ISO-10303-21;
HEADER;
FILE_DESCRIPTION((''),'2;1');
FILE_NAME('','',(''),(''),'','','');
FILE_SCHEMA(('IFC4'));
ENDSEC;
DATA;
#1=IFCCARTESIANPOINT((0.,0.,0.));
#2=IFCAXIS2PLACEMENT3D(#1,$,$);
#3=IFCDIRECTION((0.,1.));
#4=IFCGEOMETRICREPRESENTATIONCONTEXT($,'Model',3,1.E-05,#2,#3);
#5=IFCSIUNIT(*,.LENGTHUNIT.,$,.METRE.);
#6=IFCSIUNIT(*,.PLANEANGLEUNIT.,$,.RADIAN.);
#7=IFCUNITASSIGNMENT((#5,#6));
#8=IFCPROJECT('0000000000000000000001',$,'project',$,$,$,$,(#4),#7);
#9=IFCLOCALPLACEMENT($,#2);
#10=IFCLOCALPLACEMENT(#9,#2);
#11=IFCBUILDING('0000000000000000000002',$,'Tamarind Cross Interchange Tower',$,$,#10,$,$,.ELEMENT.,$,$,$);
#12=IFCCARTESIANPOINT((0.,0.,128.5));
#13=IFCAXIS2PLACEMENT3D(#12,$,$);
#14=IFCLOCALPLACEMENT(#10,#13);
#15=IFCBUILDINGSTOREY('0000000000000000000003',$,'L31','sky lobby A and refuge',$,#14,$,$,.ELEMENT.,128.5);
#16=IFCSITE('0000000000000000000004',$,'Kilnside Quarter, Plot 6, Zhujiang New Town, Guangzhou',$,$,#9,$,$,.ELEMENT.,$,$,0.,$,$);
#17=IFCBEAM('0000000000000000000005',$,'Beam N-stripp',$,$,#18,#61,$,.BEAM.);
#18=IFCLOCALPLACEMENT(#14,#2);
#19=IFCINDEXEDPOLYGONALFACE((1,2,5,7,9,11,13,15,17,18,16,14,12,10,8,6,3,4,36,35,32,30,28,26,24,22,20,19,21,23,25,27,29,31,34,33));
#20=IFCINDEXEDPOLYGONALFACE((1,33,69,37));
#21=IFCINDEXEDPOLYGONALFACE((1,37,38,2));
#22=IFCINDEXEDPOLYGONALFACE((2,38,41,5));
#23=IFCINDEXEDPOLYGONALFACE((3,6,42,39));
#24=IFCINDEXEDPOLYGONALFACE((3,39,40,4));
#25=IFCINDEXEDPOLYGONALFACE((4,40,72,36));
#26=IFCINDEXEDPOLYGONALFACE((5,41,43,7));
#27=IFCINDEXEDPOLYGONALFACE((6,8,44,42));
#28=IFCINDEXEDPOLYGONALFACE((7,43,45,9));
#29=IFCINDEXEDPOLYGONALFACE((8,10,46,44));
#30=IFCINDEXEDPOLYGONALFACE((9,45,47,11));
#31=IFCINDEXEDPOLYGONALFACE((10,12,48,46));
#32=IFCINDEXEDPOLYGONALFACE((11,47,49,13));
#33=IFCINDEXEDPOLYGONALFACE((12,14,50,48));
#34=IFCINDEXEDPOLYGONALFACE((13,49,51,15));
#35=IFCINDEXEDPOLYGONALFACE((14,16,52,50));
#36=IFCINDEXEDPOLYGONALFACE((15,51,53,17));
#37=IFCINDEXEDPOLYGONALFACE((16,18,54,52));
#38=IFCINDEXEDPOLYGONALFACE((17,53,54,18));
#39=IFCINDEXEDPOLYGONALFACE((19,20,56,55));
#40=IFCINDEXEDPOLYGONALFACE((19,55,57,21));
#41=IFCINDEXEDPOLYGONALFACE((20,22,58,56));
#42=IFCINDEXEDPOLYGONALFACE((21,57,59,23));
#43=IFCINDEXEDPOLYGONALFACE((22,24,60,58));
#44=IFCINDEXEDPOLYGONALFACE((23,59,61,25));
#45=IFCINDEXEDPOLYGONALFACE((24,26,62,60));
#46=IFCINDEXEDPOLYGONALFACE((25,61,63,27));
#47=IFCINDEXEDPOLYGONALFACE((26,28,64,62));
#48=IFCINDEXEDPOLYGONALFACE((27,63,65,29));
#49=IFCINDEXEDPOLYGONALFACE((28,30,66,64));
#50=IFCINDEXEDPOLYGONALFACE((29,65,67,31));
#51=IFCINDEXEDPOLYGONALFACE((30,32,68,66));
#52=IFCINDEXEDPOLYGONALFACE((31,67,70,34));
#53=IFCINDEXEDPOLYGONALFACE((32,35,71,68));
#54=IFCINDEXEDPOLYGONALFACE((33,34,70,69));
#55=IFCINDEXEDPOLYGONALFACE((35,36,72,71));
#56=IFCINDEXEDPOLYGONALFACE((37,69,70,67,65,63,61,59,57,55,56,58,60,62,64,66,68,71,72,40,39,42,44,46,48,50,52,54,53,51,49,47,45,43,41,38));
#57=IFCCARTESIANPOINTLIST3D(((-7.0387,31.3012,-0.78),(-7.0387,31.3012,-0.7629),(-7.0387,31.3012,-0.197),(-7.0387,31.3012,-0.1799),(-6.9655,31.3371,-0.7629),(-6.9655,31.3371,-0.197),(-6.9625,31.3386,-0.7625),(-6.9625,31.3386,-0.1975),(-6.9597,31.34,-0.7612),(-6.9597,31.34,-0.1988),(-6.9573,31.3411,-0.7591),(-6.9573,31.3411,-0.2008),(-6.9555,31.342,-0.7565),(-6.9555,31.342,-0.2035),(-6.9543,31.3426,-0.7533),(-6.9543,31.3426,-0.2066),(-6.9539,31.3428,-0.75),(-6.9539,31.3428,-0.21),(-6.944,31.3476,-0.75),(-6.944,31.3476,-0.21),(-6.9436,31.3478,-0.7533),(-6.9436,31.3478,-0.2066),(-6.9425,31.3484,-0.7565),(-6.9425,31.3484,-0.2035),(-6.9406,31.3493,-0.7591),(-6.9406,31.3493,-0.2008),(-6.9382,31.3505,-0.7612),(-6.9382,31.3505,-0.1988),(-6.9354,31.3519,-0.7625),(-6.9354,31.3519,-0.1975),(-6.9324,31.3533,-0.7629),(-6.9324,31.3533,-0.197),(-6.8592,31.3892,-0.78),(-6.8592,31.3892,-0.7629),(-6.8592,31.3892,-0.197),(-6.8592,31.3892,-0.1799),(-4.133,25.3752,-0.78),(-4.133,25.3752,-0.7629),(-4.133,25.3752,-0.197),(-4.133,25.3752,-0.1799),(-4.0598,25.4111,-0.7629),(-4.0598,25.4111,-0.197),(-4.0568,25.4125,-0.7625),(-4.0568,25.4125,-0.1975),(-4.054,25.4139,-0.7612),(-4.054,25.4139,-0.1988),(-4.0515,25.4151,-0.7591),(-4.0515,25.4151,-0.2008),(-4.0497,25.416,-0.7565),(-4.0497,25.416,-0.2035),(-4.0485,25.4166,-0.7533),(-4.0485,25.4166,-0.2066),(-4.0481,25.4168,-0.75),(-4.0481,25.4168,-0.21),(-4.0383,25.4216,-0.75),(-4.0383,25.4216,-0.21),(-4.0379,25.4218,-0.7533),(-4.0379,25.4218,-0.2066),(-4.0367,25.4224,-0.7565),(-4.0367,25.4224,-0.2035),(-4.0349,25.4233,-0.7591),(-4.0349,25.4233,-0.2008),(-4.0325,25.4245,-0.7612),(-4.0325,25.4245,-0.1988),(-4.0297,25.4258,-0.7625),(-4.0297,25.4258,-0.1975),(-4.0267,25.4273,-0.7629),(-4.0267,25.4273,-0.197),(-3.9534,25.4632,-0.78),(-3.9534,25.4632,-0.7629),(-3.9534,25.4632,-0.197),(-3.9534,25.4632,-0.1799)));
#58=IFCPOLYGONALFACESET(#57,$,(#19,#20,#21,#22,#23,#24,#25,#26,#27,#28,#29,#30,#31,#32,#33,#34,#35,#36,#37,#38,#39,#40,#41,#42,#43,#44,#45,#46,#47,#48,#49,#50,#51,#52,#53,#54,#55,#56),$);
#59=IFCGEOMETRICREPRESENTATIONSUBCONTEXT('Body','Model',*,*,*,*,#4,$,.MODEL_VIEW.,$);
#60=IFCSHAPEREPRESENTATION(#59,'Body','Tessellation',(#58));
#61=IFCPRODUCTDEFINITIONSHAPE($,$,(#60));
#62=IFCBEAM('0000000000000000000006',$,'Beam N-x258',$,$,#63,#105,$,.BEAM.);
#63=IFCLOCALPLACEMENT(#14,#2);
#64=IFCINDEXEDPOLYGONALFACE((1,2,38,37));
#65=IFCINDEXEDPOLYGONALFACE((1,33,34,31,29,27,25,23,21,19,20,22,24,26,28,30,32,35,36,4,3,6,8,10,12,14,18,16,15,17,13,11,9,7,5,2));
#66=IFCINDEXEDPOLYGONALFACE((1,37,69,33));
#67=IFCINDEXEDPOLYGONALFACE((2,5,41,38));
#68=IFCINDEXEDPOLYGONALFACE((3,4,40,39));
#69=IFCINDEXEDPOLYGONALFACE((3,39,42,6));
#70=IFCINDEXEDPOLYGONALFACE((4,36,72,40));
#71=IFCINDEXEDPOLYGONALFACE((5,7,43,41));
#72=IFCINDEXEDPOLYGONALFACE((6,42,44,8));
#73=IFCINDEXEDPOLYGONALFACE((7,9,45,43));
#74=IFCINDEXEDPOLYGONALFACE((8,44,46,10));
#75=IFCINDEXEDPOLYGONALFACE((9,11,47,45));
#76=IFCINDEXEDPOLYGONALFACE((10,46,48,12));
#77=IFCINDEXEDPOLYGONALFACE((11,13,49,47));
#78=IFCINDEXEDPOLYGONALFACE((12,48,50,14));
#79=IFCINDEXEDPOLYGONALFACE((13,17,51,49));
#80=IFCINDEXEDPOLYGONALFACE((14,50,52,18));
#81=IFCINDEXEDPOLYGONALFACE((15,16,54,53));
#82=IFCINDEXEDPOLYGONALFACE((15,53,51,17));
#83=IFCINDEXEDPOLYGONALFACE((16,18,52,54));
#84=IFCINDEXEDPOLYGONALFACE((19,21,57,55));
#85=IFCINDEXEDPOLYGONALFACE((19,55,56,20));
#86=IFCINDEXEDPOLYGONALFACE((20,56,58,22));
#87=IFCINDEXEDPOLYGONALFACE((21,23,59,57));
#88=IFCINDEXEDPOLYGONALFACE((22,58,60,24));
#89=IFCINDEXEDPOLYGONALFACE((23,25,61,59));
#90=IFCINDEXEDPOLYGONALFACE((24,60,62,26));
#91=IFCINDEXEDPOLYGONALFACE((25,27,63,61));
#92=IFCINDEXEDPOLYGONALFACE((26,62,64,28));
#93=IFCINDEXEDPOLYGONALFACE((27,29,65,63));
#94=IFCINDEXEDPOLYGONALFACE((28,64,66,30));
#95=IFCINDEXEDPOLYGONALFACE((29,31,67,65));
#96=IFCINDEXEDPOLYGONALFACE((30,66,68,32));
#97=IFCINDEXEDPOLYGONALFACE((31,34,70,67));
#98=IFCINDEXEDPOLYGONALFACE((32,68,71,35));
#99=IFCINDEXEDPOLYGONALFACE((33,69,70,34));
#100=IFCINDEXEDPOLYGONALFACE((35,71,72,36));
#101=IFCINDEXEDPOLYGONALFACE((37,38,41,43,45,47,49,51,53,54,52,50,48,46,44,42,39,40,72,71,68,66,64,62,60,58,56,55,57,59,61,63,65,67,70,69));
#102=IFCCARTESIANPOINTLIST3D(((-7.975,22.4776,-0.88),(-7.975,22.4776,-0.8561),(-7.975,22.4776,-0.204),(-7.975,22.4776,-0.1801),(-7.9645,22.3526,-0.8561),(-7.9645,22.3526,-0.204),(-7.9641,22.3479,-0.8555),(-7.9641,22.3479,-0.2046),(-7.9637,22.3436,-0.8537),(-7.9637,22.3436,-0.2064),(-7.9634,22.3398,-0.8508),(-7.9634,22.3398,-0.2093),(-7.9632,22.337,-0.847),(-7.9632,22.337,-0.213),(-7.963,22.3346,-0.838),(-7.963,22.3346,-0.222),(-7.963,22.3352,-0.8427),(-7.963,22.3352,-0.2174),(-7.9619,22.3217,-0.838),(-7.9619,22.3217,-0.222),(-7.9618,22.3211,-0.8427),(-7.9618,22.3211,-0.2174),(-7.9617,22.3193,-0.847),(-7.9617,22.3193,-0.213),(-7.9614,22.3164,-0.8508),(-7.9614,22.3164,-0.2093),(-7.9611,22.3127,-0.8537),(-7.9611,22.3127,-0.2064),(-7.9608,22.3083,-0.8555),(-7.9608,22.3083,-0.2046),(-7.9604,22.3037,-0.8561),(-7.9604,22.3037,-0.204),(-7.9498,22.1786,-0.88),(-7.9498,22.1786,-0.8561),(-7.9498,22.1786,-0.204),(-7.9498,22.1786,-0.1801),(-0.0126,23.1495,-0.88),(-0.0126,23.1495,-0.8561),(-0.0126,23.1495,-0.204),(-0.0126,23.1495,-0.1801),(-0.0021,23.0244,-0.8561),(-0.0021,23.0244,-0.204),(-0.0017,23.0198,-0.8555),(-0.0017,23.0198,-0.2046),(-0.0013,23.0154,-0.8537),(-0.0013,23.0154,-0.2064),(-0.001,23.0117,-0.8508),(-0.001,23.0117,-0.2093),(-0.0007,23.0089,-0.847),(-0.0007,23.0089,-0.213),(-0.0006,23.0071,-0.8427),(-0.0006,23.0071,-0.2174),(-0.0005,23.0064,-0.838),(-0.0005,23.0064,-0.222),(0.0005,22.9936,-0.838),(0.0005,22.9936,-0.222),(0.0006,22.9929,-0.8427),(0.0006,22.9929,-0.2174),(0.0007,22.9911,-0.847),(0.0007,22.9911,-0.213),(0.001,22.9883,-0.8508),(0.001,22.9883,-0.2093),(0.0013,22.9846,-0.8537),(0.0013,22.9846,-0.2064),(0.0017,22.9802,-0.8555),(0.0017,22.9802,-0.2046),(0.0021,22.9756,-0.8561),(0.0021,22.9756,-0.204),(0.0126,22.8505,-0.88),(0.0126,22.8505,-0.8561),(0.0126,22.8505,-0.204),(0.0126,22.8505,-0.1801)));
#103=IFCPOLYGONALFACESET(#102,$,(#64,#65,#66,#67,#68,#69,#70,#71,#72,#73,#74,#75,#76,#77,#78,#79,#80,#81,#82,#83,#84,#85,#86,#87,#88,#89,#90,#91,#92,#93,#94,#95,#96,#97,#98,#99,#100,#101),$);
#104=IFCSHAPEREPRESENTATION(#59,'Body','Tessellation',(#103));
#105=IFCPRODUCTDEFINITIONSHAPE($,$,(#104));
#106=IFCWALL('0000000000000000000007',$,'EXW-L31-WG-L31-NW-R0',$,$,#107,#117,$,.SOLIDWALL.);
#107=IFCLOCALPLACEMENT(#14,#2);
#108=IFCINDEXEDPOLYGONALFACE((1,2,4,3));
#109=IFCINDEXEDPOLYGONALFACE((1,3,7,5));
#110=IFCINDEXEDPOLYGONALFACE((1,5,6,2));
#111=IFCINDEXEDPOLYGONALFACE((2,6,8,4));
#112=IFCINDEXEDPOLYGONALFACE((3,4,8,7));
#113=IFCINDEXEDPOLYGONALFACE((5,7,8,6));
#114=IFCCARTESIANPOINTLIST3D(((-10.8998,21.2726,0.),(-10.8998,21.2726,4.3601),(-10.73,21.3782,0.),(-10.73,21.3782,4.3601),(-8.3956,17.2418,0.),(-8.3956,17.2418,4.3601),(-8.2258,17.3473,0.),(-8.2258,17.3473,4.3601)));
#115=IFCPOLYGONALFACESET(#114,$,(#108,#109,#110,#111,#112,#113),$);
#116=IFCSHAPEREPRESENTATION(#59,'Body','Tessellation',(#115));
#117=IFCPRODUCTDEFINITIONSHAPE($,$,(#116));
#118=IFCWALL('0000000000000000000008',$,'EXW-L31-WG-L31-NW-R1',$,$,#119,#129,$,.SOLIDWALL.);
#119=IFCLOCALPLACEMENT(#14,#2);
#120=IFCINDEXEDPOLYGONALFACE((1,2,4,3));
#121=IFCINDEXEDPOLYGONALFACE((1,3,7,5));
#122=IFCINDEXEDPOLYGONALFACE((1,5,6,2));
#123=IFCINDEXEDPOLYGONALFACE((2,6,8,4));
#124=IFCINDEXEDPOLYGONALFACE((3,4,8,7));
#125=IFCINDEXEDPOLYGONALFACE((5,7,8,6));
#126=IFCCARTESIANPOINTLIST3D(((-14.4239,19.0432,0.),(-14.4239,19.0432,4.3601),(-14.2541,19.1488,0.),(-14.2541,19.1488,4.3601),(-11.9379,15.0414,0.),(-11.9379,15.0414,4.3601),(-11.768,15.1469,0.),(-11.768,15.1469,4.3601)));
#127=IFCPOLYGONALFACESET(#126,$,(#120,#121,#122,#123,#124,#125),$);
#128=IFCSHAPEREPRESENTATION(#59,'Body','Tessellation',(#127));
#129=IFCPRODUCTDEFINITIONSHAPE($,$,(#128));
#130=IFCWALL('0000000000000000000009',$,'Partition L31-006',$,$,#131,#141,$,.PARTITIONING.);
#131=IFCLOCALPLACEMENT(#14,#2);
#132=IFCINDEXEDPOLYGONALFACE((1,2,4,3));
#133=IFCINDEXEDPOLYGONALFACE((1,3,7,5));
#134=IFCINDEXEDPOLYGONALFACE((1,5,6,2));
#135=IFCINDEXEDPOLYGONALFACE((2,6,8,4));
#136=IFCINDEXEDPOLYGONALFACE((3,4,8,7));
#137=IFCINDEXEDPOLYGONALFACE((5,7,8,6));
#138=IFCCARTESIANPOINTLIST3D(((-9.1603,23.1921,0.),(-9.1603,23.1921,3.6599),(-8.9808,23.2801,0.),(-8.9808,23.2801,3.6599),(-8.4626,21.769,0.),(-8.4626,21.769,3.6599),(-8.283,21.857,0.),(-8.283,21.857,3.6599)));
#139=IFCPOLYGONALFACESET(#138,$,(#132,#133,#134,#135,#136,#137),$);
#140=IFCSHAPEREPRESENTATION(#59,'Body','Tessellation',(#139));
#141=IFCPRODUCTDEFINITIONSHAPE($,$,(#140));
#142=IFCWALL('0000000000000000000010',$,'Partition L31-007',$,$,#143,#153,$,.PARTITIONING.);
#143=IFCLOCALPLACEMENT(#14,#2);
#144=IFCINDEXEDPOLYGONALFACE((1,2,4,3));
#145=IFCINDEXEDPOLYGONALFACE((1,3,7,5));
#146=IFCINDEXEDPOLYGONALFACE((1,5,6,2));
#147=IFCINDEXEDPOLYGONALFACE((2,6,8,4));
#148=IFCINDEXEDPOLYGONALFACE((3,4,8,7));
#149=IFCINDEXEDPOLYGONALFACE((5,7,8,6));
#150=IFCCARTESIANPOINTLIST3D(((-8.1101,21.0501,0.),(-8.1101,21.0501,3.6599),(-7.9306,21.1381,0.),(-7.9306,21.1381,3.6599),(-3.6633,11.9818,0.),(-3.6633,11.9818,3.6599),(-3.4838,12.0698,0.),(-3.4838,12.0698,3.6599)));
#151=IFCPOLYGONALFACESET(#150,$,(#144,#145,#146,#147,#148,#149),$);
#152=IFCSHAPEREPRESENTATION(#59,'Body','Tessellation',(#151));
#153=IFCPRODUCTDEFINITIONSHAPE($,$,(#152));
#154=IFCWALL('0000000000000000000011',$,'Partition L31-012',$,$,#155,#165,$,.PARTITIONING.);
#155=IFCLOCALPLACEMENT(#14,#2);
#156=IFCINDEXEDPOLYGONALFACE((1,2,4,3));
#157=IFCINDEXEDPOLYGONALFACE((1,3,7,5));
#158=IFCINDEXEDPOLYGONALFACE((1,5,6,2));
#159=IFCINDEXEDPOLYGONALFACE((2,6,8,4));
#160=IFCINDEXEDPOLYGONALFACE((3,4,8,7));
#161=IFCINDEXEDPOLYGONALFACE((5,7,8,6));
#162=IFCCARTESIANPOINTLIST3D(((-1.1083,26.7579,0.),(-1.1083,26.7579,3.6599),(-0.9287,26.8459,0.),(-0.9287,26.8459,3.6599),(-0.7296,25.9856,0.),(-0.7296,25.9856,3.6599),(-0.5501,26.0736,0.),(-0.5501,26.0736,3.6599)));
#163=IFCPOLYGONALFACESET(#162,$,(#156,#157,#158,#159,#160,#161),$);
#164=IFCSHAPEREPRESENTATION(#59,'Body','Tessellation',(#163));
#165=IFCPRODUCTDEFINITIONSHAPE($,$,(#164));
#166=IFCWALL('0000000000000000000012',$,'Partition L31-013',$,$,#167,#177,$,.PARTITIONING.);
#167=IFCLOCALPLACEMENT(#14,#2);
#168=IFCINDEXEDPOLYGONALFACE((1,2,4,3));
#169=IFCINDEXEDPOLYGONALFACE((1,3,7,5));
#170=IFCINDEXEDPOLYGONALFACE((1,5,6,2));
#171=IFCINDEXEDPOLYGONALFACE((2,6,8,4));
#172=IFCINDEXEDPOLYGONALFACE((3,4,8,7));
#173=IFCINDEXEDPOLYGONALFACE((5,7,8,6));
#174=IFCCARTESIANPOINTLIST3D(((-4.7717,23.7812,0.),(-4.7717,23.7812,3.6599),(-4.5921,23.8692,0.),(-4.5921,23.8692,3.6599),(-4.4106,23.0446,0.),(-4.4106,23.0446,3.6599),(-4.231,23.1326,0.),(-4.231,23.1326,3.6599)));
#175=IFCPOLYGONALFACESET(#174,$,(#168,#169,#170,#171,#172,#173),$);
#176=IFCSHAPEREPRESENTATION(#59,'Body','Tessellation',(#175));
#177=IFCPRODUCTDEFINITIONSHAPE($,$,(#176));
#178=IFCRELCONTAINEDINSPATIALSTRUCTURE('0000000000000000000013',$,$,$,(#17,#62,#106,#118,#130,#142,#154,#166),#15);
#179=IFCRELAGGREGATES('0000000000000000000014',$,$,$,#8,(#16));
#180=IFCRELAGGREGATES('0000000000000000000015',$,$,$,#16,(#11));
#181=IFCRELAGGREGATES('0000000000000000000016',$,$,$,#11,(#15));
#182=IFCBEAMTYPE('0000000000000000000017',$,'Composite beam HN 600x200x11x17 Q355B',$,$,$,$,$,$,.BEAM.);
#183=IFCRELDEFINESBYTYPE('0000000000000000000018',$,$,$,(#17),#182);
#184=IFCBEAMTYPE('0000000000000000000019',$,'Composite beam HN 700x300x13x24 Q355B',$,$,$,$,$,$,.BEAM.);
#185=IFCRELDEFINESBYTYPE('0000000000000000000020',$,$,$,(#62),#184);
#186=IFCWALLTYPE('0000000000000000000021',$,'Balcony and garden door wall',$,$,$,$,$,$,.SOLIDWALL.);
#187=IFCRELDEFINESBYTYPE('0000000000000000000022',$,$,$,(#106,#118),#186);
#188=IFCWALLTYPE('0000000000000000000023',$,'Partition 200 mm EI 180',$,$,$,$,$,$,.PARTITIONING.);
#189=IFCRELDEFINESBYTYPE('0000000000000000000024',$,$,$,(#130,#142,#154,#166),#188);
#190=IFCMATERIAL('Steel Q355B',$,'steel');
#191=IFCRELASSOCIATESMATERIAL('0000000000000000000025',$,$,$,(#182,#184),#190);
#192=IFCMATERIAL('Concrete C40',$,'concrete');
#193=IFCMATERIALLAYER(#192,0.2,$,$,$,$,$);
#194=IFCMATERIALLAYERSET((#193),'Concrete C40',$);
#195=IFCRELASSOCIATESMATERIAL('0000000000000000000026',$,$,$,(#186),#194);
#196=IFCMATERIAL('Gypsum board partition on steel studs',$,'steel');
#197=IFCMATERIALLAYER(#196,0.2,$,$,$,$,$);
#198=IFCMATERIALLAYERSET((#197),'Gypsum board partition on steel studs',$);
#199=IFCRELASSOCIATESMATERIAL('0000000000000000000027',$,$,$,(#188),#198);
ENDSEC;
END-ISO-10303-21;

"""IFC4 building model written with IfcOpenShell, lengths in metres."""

from ifc_helpers import new_model, si_unit, direction, frame, frame_2d, origin, origin_2d, place, context, subcontext, project, spatial, rectangle, i_section, extrude, material, layer, layer_set, material_profile, profile_set, type_object, element, save


model = new_model("IFC4")

# Units and contexts
model_context = context("Model", 3, precision=1e-05, world=origin(), true_north=direction((0.0, 1.0)))
body_context = subcontext(model_context, "Body", "Model", "MODEL_VIEW")
ifc_project = project(units=[si_unit("LENGTHUNIT", "METRE"), si_unit("PLANEANGLEUNIT", "RADIAN")], contexts=[model_context])

# Site, building, storey
site_placement = place(None, origin())
site = spatial("IfcSite", under=ifc_project, at=site_placement, Name="Kilnside Quarter, Plot 6, Zhujiang New Town, Guangzhou", CompositionType="ELEMENT", RefElevation=0.0)
building_placement = place(site_placement, origin())
building = spatial("IfcBuilding", under=site, at=building_placement, Name="Tamarind Cross Interchange Tower", CompositionType="ELEMENT")
storey_placement = place(building_placement, frame((0.0, 0.0, 128.5)))
storey = spatial("IfcBuildingStorey", under=building, at=storey_placement, Name="L31", Description="sky lobby A and refuge", CompositionType="ELEMENT", Elevation=128.5)

# Beams
ifc_material_1 = material(Name="Steel Q355B", Category="steel")
ifc_material_profile_1 = material_profile(ifc_material_1, i_section(OverallWidth=0.2, OverallDepth=0.6001, WebThickness=0.011, FlangeThickness=0.0171, FilletRadius=0.0129, at=origin_2d()), Name="HN 600x200x11x17")
ifc_profile_set_1 = profile_set([ifc_material_profile_1], Name="Steel Q355B")
beam_type_1 = type_object("IfcBeamType", Name="Composite beam HN 600x200x11x17 Q355B", PredefinedType="BEAM", material=ifc_profile_set_1)
for number, where, z_axis, x_axis, name in (
    (1, (-4.0432, 25.4192, -0.48), (-0.440261, 0.89787, 0.0), (-0.89787, -0.440261, 0.0), "Beam N-stripp"),
):
    element("IfcBeam", number, at=place(storey_placement, frame(where, z_axis=z_axis, x_axis=x_axis)), inside=storey, type_object=beam_type_1, Name=name, PredefinedType="BEAM", context=body_context, shape_type="SweptSolid", body=[
        extrude(i_section(OverallWidth=0.2, OverallDepth=0.6001, WebThickness=0.011, FlangeThickness=0.0171, FilletRadius=0.0129, at=origin_2d()), origin(), (0.0, 0.0, 1.0), 6.6001),
    ])
ifc_material_profile_2 = material_profile(ifc_material_1, i_section(OverallWidth=0.3, OverallDepth=0.7, WebThickness=0.0129, FlangeThickness=0.0239, FilletRadius=0.0181, at=origin_2d()), Name="HN 700x300x13x24")
ifc_profile_set_2 = profile_set([ifc_material_profile_2], Name="Steel Q355B")
beam_type_2 = type_object("IfcBeamType", Name="Composite beam HN 700x300x13x24 Q355B", PredefinedType="BEAM", material=ifc_profile_set_2)
beam_1_placement = place(storey_placement, frame((0.0, 23.0, -0.53), z_axis=(-0.996459, -0.084082, 0.0), x_axis=(0.084082, -0.996459, 0.0)))
element("IfcBeam", 2, at=beam_1_placement, inside=storey, type_object=beam_type_2, Name="Beam N-x258", PredefinedType="BEAM", context=body_context, shape_type="SweptSolid", body=[
    extrude(i_section(OverallWidth=0.3, OverallDepth=0.7, WebThickness=0.0129, FlangeThickness=0.0239, FilletRadius=0.0181, at=origin_2d()), origin(), (0.0, 0.0, 1.0), 7.9907),
])

# Shared definitions
ifc_material_2 = material(Name="Concrete C40", Category="concrete")
ifc_layer_1 = layer(ifc_material_2, 0.2)
ifc_layer_set_1 = layer_set([ifc_layer_1], Name="Concrete C40")
wall_type_1 = type_object("IfcWallType", Name="Balcony and garden door wall", PredefinedType="SOLIDWALL", material=ifc_layer_set_1)

# Walls
wall_1_placement = place(storey_placement, frame((-8.3108, 17.2947, 0.0), z_axis=(0.0, 0.0, 1.0), x_axis=(-0.527712, 0.849423, 0.0)))
element("IfcWall", 3, at=wall_1_placement, inside=storey, type_object=wall_type_1, Name="EXW-L31-WG-L31-NW-R0", PredefinedType="SOLIDWALL", context=body_context, shape_type="SweptSolid", body=[
    extrude(rectangle(XDim=4.7454, YDim=0.2, at=frame_2d((2.3726, 0.0))), origin(), (0.0, 0.0, 1.0), 4.3601),
])
wall_2_placement = place(storey_placement, frame((-11.853, 15.0942, 0.0), z_axis=(0.0, 0.0, 1.0), x_axis=(-0.527687, 0.849439, 0.0)))
element("IfcWall", 4, at=wall_2_placement, inside=storey, type_object=wall_type_1, Name="EXW-L31-WG-L31-NW-R1", PredefinedType="SOLIDWALL", context=body_context, shape_type="SweptSolid", body=[
    extrude(rectangle(XDim=4.7112, YDim=0.2, at=frame_2d((2.3555, 0.0))), origin(), (0.0, 0.0, 1.0), 4.3601),
])
ifc_material_3 = material(Name="Gypsum board partition on steel studs", Category="steel")
ifc_layer_2 = layer(ifc_material_3, 0.2)
ifc_layer_set_2 = layer_set([ifc_layer_2], Name="Gypsum board partition on steel studs")
wall_type_2 = type_object("IfcWallType", Name="Partition 200 mm EI 180", PredefinedType="PARTITIONING", material=ifc_layer_set_2)
wall_3_placement = place(storey_placement, frame((-9.0706, 23.2361, 0.0), z_axis=(0.0, 0.0, 1.0), x_axis=(0.440238, -0.897881, 0.0)))
element("IfcWall", 5, at=wall_3_placement, inside=storey, type_object=wall_type_2, Name="Partition L31-006", PredefinedType="PARTITIONING", context=body_context, shape_type="SweptSolid", body=[
    extrude(rectangle(XDim=1.585, YDim=0.2, at=frame_2d((0.7925, 0.0))), origin(), (0.0, 0.0, 1.0), 3.6599),
])
wall_4_placement = place(storey_placement, frame((-8.0203, 21.094, 0.0), z_axis=(0.0, 0.0, 1.0), x_axis=(0.440277, -0.897862, 0.0)))
element("IfcWall", 6, at=wall_4_placement, inside=storey, type_object=wall_type_2, Name="Partition L31-007", PredefinedType="PARTITIONING", context=body_context, shape_type="SweptSolid", body=[
    extrude(rectangle(XDim=10.0999, YDim=0.2, at=frame_2d((5.0498, 0.0))), origin(), (0.0, 0.0, 1.0), 3.6599),
])
wall_5_placement = place(storey_placement, frame((-1.0186, 26.802, 0.0), z_axis=(0.0, 0.0, 1.0), x_axis=(0.440274, -0.897864, 0.0)))
element("IfcWall", 7, at=wall_5_placement, inside=storey, type_object=wall_type_2, Name="Partition L31-012", PredefinedType="PARTITIONING", context=body_context, shape_type="SweptSolid", body=[
    extrude(rectangle(XDim=0.8601, YDim=0.2, at=frame_2d((0.4302, 0.0))), origin(), (0.0, 0.0, 1.0), 3.6599),
])
wall_6_placement = place(storey_placement, frame((-4.6819, 23.8252, 0.0), z_axis=(0.0, 0.0, 1.0), x_axis=(0.440176, -0.897911, 0.0)))
element("IfcWall", 8, at=wall_6_placement, inside=storey, type_object=wall_type_2, Name="Partition L31-013", PredefinedType="PARTITIONING", context=body_context, shape_type="SweptSolid", body=[
    extrude(rectangle(XDim=0.8203, YDim=0.2, at=frame_2d((0.4102, 0.0))), origin(), (0.0, 0.0, 1.0), 3.6599),
])

save(model, "model.ifc")
